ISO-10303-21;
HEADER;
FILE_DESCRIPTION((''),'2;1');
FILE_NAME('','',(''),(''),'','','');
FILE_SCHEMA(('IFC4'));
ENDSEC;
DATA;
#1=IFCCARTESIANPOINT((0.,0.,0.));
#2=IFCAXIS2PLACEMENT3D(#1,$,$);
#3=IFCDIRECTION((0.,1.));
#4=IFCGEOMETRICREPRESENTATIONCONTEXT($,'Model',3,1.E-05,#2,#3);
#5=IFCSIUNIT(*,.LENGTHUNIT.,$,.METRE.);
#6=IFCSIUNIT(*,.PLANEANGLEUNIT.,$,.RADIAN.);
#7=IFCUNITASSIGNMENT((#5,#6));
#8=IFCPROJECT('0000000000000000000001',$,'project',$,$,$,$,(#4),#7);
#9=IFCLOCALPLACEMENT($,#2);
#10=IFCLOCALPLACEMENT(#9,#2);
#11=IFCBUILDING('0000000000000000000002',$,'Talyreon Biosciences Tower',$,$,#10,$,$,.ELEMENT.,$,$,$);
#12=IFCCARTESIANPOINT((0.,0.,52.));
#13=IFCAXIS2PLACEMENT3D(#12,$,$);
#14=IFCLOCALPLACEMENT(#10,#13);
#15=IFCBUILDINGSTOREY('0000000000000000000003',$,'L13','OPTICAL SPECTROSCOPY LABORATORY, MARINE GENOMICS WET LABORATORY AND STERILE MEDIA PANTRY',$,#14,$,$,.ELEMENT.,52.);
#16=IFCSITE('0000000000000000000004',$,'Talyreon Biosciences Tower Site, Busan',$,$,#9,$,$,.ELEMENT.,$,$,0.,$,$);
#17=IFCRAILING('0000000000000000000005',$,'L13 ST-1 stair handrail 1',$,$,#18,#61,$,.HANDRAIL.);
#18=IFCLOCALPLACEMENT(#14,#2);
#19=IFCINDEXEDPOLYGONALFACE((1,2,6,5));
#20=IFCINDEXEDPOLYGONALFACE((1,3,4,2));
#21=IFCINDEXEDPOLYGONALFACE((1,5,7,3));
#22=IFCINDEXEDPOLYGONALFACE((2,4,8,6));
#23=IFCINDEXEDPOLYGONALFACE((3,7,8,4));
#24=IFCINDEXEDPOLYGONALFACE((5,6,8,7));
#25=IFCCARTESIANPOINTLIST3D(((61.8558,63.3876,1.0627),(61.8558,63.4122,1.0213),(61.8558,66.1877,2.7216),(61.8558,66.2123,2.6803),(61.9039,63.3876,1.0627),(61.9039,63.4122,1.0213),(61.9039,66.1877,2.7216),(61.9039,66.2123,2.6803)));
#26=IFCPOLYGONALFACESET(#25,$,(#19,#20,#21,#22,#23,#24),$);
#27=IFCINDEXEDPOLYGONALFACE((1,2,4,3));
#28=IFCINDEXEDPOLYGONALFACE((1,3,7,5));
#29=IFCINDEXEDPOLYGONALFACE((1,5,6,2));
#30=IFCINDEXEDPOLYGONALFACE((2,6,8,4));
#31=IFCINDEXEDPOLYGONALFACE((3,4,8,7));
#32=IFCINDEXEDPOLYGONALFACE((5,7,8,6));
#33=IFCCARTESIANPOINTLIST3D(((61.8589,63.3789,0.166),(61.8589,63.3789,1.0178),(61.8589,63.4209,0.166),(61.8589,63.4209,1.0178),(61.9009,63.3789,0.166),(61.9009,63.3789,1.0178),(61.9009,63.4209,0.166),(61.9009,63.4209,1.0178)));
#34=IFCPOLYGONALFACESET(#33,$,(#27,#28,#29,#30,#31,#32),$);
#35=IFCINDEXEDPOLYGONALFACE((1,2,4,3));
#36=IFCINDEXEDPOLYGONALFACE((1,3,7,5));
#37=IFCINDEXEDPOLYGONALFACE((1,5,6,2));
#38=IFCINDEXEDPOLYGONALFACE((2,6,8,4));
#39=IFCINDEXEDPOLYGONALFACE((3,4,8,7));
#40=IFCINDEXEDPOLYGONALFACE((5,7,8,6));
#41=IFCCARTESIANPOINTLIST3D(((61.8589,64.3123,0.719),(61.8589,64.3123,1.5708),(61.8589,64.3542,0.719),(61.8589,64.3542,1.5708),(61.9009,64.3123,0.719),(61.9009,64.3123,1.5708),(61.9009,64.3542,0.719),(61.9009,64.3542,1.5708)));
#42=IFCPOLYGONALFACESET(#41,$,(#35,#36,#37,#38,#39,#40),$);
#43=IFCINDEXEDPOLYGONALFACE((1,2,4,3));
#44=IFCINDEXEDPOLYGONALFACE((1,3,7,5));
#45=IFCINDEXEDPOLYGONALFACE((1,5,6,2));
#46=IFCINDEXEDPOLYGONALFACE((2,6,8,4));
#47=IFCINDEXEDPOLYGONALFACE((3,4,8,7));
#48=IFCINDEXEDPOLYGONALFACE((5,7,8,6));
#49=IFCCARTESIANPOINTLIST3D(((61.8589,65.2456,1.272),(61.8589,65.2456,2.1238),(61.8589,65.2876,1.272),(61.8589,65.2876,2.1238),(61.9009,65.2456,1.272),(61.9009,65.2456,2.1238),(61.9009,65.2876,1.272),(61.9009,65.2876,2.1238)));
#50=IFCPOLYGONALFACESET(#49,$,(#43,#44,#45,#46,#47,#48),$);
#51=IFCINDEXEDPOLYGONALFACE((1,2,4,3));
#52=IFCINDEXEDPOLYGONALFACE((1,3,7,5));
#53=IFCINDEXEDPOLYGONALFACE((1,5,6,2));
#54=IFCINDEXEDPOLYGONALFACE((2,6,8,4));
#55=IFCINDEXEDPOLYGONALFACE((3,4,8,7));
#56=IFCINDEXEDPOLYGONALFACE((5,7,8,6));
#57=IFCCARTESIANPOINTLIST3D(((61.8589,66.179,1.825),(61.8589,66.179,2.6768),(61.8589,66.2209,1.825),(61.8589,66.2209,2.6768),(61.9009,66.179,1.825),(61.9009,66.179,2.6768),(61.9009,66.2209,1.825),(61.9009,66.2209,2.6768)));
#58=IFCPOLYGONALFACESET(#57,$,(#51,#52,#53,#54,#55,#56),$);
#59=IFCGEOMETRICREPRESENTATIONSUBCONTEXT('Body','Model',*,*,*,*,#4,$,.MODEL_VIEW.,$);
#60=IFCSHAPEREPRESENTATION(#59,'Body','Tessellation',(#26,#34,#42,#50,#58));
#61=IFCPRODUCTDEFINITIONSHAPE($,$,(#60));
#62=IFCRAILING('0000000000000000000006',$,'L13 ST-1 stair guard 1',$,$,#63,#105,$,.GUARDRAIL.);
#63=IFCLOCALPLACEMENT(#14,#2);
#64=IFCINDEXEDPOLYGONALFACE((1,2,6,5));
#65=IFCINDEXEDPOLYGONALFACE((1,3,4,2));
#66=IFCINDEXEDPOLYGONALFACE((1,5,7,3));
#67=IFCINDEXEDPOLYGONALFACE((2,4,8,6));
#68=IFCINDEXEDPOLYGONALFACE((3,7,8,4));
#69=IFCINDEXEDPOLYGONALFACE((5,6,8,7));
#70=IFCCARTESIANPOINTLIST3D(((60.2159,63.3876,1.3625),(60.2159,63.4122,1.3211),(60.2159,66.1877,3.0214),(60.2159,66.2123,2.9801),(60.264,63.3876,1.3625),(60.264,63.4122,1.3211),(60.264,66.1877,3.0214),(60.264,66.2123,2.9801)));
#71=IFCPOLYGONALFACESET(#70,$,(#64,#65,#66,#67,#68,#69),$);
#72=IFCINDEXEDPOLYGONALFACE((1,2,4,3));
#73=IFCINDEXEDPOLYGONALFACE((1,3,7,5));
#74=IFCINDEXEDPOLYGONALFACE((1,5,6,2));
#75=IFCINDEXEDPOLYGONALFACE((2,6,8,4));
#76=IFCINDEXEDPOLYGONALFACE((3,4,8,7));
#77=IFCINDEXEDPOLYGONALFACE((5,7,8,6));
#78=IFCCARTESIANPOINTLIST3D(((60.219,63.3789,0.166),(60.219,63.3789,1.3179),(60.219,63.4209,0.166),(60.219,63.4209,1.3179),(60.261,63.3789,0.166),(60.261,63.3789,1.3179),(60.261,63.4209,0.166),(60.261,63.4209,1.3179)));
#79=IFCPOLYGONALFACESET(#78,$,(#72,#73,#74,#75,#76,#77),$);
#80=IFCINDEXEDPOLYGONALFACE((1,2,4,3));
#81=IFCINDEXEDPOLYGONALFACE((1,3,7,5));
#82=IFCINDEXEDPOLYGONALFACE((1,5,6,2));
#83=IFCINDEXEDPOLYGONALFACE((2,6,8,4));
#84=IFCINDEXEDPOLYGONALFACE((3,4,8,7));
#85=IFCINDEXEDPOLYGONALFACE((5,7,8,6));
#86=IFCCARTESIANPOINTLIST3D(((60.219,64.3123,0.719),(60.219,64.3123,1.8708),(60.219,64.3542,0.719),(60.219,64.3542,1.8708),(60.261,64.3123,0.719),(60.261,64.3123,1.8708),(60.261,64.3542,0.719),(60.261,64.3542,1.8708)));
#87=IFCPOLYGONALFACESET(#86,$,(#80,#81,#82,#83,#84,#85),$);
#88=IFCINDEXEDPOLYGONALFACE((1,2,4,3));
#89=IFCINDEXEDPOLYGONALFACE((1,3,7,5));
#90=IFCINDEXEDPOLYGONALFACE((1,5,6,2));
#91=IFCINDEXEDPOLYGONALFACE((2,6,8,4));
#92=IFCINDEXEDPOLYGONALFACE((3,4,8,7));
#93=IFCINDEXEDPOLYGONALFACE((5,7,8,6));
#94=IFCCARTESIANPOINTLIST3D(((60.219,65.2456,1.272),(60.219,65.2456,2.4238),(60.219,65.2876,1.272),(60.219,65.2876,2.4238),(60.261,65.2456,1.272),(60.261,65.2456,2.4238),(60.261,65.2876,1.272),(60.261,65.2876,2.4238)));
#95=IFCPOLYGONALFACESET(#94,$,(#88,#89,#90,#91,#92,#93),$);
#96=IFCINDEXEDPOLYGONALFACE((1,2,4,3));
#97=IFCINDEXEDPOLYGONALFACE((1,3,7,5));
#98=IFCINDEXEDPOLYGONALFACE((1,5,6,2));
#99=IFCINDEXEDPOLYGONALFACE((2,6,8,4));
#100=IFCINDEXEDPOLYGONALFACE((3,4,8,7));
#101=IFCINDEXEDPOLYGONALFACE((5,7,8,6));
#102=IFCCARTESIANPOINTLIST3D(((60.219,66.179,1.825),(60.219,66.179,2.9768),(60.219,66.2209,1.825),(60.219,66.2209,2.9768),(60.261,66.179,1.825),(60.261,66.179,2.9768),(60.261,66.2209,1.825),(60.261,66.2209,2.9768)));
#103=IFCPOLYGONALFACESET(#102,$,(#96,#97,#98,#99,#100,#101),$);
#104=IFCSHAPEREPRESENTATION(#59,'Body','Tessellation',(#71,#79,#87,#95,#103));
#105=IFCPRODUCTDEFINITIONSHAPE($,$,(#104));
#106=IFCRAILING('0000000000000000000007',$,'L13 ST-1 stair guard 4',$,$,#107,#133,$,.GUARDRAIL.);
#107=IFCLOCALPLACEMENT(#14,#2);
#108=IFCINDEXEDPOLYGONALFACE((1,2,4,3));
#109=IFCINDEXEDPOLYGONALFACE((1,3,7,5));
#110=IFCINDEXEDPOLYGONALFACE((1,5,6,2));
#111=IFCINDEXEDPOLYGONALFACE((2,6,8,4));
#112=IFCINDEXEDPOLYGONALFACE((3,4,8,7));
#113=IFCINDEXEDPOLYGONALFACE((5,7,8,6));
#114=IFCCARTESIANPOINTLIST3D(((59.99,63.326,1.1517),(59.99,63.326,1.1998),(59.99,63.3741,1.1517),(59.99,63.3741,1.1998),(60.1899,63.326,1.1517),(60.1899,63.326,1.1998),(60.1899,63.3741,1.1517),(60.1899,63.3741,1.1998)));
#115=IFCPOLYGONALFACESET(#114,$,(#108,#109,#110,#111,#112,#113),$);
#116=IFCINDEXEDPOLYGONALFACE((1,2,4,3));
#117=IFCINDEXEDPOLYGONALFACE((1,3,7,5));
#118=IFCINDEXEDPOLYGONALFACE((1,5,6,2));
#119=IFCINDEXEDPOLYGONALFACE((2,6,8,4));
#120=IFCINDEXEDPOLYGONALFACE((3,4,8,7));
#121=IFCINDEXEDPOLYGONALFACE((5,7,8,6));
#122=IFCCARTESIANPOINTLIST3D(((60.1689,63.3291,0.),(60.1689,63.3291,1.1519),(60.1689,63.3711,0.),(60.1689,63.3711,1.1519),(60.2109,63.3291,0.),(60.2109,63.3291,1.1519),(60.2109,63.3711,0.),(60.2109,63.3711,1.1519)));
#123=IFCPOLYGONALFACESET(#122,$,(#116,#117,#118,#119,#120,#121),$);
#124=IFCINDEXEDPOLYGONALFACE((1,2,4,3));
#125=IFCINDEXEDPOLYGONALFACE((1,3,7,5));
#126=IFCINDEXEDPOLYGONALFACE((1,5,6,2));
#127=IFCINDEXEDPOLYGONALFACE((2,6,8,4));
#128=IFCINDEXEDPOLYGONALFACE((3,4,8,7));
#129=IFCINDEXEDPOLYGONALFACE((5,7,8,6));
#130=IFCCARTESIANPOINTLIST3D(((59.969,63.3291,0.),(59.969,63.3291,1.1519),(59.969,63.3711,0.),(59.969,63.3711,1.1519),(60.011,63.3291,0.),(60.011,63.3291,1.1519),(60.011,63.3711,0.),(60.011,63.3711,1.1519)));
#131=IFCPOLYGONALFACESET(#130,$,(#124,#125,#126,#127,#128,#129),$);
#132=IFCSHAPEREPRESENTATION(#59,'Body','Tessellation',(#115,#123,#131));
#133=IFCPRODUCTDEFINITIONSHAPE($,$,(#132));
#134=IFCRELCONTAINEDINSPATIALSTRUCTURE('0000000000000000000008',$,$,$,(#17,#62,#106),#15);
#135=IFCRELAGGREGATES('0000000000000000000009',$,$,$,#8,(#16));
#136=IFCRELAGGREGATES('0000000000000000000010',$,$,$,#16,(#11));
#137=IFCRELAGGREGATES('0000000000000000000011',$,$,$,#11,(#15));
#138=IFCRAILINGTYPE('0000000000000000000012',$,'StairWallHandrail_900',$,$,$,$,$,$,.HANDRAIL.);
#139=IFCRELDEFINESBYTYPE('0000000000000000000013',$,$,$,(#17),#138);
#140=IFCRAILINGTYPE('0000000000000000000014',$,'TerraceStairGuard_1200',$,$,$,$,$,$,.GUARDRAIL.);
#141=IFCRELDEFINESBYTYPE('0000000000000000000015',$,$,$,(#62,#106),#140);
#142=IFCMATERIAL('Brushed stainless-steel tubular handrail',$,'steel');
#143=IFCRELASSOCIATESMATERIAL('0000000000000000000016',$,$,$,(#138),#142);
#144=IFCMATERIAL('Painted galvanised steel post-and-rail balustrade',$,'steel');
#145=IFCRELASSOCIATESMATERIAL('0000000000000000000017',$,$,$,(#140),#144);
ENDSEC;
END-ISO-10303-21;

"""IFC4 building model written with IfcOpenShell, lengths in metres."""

from ifc_helpers import new_model, si_unit, direction, frame, origin, origin_2d, place, context, subcontext, project, spatial, rectangle, extrude, material, type_object, element, save


model = new_model("IFC4")

# Units and contexts
model_context = context("Model", 3, precision=1e-05, world=origin(), true_north=direction((0.0, 1.0)))
body_context = subcontext(model_context, "Body", "Model", "MODEL_VIEW")
ifc_project = project(units=[si_unit("LENGTHUNIT", "METRE"), si_unit("PLANEANGLEUNIT", "RADIAN")], contexts=[model_context])

# Site, building, storey
site_placement = place(None, origin())
site = spatial("IfcSite", under=ifc_project, at=site_placement, Name="Talyreon Biosciences Tower Site, Busan", CompositionType="ELEMENT", RefElevation=0.0)
building_placement = place(site_placement, origin())
building = spatial("IfcBuilding", under=site, at=building_placement, Name="Talyreon Biosciences Tower", CompositionType="ELEMENT")
storey_placement = place(building_placement, frame((0.0, 0.0, 52.0)))
storey = spatial("IfcBuildingStorey", under=building, at=storey_placement, Name="L13", Description="OPTICAL SPECTROSCOPY LABORATORY, MARINE GENOMICS WET LABORATORY AND STERILE MEDIA PANTRY", CompositionType="ELEMENT", Elevation=52.0)

# Railings
ifc_material_1 = material(Name="Brushed stainless-steel tubular handrail", Category="steel")
railing_type_1 = type_object("IfcRailingType", Name="StairWallHandrail_900", PredefinedType="HANDRAIL", material=ifc_material_1)
railing_1_placement = place(storey_placement, frame((61.8799, 63.3999, 0.166)))
element("IfcRailing", 1, at=railing_1_placement, inside=storey, type_object=railing_type_1, Name="L13 ST-1 stair handrail 1", PredefinedType="HANDRAIL", context=body_context, shape_type="SweptSolid", body=[
    extrude(rectangle(XDim=0.0481, YDim=0.0481, at=origin_2d()), frame((0.0, 0.0, 0.876), z_axis=(0.0, 0.860339, 0.509722), x_axis=(-1.0, 0.0, 0.0)), (0.0, 0.0, 1.0), 3.2546),
    extrude(rectangle(XDim=0.042, YDim=0.042, at=origin_2d()), origin(), (0.0, 0.0, 1.0), 0.8518),
    extrude(rectangle(XDim=0.042, YDim=0.042, at=origin_2d()), frame((0.0, 0.9333, 0.553)), (0.0, 0.0, 1.0), 0.8518),
    extrude(rectangle(XDim=0.042, YDim=0.042, at=origin_2d()), frame((0.0, 1.8667, 1.106)), (0.0, 0.0, 1.0), 0.8518),
    extrude(rectangle(XDim=0.042, YDim=0.042, at=origin_2d()), frame((0.0, 2.8, 1.6589)), (0.0, 0.0, 1.0), 0.8518),
])
ifc_material_2 = material(Name="Painted galvanised steel post-and-rail balustrade", Category="steel")
railing_type_2 = type_object("IfcRailingType", Name="TerraceStairGuard_1200", PredefinedType="GUARDRAIL", material=ifc_material_2)
railing_2_placement = place(storey_placement, frame((60.24, 63.3999, 0.166)))
element("IfcRailing", 2, at=railing_2_placement, inside=storey, type_object=railing_type_2, Name="L13 ST-1 stair guard 1", PredefinedType="GUARDRAIL", context=body_context, shape_type="SweptSolid", body=[
    extrude(rectangle(XDim=0.0481, YDim=0.0481, at=origin_2d()), frame((0.0, 0.0, 1.1758), z_axis=(0.0, 0.860339, 0.509722), x_axis=(-1.0, 0.0, 0.0)), (0.0, 0.0, 1.0), 3.2546),
    extrude(rectangle(XDim=0.042, YDim=0.042, at=origin_2d()), origin(), (0.0, 0.0, 1.0), 1.1519),
    extrude(rectangle(XDim=0.042, YDim=0.042, at=origin_2d()), frame((0.0, 0.9333, 0.553)), (0.0, 0.0, 1.0), 1.1519),
    extrude(rectangle(XDim=0.042, YDim=0.042, at=origin_2d()), frame((0.0, 1.8667, 1.106)), (0.0, 0.0, 1.0), 1.1519),
    extrude(rectangle(XDim=0.042, YDim=0.042, at=origin_2d()), frame((0.0, 2.8, 1.6589)), (0.0, 0.0, 1.0), 1.1519),
])
railing_3_placement = place(storey_placement, frame((60.1899, 63.3501, 0.0)))
element("IfcRailing", 3, at=railing_3_placement, inside=storey, type_object=railing_type_2, Name="L13 ST-1 stair guard 4", PredefinedType="GUARDRAIL", context=body_context, shape_type="SweptSolid", body=[
    extrude(rectangle(XDim=0.0481, YDim=0.0481, at=origin_2d()), frame((0.0, 0.0, 1.1758), z_axis=(-1.0, 0.0, 0.0), x_axis=(0.0, -1.0, 0.0)), (0.0, 0.0, 1.0), 0.2),
    extrude(rectangle(XDim=0.042, YDim=0.042, at=origin_2d()), origin(), (0.0, 0.0, 1.0), 1.1519),
    extrude(rectangle(XDim=0.042, YDim=0.042, at=origin_2d()), frame((-0.2, 0.0, 0.0)), (0.0, 0.0, 1.0), 1.1519),
])

save(model, "model.ifc")
